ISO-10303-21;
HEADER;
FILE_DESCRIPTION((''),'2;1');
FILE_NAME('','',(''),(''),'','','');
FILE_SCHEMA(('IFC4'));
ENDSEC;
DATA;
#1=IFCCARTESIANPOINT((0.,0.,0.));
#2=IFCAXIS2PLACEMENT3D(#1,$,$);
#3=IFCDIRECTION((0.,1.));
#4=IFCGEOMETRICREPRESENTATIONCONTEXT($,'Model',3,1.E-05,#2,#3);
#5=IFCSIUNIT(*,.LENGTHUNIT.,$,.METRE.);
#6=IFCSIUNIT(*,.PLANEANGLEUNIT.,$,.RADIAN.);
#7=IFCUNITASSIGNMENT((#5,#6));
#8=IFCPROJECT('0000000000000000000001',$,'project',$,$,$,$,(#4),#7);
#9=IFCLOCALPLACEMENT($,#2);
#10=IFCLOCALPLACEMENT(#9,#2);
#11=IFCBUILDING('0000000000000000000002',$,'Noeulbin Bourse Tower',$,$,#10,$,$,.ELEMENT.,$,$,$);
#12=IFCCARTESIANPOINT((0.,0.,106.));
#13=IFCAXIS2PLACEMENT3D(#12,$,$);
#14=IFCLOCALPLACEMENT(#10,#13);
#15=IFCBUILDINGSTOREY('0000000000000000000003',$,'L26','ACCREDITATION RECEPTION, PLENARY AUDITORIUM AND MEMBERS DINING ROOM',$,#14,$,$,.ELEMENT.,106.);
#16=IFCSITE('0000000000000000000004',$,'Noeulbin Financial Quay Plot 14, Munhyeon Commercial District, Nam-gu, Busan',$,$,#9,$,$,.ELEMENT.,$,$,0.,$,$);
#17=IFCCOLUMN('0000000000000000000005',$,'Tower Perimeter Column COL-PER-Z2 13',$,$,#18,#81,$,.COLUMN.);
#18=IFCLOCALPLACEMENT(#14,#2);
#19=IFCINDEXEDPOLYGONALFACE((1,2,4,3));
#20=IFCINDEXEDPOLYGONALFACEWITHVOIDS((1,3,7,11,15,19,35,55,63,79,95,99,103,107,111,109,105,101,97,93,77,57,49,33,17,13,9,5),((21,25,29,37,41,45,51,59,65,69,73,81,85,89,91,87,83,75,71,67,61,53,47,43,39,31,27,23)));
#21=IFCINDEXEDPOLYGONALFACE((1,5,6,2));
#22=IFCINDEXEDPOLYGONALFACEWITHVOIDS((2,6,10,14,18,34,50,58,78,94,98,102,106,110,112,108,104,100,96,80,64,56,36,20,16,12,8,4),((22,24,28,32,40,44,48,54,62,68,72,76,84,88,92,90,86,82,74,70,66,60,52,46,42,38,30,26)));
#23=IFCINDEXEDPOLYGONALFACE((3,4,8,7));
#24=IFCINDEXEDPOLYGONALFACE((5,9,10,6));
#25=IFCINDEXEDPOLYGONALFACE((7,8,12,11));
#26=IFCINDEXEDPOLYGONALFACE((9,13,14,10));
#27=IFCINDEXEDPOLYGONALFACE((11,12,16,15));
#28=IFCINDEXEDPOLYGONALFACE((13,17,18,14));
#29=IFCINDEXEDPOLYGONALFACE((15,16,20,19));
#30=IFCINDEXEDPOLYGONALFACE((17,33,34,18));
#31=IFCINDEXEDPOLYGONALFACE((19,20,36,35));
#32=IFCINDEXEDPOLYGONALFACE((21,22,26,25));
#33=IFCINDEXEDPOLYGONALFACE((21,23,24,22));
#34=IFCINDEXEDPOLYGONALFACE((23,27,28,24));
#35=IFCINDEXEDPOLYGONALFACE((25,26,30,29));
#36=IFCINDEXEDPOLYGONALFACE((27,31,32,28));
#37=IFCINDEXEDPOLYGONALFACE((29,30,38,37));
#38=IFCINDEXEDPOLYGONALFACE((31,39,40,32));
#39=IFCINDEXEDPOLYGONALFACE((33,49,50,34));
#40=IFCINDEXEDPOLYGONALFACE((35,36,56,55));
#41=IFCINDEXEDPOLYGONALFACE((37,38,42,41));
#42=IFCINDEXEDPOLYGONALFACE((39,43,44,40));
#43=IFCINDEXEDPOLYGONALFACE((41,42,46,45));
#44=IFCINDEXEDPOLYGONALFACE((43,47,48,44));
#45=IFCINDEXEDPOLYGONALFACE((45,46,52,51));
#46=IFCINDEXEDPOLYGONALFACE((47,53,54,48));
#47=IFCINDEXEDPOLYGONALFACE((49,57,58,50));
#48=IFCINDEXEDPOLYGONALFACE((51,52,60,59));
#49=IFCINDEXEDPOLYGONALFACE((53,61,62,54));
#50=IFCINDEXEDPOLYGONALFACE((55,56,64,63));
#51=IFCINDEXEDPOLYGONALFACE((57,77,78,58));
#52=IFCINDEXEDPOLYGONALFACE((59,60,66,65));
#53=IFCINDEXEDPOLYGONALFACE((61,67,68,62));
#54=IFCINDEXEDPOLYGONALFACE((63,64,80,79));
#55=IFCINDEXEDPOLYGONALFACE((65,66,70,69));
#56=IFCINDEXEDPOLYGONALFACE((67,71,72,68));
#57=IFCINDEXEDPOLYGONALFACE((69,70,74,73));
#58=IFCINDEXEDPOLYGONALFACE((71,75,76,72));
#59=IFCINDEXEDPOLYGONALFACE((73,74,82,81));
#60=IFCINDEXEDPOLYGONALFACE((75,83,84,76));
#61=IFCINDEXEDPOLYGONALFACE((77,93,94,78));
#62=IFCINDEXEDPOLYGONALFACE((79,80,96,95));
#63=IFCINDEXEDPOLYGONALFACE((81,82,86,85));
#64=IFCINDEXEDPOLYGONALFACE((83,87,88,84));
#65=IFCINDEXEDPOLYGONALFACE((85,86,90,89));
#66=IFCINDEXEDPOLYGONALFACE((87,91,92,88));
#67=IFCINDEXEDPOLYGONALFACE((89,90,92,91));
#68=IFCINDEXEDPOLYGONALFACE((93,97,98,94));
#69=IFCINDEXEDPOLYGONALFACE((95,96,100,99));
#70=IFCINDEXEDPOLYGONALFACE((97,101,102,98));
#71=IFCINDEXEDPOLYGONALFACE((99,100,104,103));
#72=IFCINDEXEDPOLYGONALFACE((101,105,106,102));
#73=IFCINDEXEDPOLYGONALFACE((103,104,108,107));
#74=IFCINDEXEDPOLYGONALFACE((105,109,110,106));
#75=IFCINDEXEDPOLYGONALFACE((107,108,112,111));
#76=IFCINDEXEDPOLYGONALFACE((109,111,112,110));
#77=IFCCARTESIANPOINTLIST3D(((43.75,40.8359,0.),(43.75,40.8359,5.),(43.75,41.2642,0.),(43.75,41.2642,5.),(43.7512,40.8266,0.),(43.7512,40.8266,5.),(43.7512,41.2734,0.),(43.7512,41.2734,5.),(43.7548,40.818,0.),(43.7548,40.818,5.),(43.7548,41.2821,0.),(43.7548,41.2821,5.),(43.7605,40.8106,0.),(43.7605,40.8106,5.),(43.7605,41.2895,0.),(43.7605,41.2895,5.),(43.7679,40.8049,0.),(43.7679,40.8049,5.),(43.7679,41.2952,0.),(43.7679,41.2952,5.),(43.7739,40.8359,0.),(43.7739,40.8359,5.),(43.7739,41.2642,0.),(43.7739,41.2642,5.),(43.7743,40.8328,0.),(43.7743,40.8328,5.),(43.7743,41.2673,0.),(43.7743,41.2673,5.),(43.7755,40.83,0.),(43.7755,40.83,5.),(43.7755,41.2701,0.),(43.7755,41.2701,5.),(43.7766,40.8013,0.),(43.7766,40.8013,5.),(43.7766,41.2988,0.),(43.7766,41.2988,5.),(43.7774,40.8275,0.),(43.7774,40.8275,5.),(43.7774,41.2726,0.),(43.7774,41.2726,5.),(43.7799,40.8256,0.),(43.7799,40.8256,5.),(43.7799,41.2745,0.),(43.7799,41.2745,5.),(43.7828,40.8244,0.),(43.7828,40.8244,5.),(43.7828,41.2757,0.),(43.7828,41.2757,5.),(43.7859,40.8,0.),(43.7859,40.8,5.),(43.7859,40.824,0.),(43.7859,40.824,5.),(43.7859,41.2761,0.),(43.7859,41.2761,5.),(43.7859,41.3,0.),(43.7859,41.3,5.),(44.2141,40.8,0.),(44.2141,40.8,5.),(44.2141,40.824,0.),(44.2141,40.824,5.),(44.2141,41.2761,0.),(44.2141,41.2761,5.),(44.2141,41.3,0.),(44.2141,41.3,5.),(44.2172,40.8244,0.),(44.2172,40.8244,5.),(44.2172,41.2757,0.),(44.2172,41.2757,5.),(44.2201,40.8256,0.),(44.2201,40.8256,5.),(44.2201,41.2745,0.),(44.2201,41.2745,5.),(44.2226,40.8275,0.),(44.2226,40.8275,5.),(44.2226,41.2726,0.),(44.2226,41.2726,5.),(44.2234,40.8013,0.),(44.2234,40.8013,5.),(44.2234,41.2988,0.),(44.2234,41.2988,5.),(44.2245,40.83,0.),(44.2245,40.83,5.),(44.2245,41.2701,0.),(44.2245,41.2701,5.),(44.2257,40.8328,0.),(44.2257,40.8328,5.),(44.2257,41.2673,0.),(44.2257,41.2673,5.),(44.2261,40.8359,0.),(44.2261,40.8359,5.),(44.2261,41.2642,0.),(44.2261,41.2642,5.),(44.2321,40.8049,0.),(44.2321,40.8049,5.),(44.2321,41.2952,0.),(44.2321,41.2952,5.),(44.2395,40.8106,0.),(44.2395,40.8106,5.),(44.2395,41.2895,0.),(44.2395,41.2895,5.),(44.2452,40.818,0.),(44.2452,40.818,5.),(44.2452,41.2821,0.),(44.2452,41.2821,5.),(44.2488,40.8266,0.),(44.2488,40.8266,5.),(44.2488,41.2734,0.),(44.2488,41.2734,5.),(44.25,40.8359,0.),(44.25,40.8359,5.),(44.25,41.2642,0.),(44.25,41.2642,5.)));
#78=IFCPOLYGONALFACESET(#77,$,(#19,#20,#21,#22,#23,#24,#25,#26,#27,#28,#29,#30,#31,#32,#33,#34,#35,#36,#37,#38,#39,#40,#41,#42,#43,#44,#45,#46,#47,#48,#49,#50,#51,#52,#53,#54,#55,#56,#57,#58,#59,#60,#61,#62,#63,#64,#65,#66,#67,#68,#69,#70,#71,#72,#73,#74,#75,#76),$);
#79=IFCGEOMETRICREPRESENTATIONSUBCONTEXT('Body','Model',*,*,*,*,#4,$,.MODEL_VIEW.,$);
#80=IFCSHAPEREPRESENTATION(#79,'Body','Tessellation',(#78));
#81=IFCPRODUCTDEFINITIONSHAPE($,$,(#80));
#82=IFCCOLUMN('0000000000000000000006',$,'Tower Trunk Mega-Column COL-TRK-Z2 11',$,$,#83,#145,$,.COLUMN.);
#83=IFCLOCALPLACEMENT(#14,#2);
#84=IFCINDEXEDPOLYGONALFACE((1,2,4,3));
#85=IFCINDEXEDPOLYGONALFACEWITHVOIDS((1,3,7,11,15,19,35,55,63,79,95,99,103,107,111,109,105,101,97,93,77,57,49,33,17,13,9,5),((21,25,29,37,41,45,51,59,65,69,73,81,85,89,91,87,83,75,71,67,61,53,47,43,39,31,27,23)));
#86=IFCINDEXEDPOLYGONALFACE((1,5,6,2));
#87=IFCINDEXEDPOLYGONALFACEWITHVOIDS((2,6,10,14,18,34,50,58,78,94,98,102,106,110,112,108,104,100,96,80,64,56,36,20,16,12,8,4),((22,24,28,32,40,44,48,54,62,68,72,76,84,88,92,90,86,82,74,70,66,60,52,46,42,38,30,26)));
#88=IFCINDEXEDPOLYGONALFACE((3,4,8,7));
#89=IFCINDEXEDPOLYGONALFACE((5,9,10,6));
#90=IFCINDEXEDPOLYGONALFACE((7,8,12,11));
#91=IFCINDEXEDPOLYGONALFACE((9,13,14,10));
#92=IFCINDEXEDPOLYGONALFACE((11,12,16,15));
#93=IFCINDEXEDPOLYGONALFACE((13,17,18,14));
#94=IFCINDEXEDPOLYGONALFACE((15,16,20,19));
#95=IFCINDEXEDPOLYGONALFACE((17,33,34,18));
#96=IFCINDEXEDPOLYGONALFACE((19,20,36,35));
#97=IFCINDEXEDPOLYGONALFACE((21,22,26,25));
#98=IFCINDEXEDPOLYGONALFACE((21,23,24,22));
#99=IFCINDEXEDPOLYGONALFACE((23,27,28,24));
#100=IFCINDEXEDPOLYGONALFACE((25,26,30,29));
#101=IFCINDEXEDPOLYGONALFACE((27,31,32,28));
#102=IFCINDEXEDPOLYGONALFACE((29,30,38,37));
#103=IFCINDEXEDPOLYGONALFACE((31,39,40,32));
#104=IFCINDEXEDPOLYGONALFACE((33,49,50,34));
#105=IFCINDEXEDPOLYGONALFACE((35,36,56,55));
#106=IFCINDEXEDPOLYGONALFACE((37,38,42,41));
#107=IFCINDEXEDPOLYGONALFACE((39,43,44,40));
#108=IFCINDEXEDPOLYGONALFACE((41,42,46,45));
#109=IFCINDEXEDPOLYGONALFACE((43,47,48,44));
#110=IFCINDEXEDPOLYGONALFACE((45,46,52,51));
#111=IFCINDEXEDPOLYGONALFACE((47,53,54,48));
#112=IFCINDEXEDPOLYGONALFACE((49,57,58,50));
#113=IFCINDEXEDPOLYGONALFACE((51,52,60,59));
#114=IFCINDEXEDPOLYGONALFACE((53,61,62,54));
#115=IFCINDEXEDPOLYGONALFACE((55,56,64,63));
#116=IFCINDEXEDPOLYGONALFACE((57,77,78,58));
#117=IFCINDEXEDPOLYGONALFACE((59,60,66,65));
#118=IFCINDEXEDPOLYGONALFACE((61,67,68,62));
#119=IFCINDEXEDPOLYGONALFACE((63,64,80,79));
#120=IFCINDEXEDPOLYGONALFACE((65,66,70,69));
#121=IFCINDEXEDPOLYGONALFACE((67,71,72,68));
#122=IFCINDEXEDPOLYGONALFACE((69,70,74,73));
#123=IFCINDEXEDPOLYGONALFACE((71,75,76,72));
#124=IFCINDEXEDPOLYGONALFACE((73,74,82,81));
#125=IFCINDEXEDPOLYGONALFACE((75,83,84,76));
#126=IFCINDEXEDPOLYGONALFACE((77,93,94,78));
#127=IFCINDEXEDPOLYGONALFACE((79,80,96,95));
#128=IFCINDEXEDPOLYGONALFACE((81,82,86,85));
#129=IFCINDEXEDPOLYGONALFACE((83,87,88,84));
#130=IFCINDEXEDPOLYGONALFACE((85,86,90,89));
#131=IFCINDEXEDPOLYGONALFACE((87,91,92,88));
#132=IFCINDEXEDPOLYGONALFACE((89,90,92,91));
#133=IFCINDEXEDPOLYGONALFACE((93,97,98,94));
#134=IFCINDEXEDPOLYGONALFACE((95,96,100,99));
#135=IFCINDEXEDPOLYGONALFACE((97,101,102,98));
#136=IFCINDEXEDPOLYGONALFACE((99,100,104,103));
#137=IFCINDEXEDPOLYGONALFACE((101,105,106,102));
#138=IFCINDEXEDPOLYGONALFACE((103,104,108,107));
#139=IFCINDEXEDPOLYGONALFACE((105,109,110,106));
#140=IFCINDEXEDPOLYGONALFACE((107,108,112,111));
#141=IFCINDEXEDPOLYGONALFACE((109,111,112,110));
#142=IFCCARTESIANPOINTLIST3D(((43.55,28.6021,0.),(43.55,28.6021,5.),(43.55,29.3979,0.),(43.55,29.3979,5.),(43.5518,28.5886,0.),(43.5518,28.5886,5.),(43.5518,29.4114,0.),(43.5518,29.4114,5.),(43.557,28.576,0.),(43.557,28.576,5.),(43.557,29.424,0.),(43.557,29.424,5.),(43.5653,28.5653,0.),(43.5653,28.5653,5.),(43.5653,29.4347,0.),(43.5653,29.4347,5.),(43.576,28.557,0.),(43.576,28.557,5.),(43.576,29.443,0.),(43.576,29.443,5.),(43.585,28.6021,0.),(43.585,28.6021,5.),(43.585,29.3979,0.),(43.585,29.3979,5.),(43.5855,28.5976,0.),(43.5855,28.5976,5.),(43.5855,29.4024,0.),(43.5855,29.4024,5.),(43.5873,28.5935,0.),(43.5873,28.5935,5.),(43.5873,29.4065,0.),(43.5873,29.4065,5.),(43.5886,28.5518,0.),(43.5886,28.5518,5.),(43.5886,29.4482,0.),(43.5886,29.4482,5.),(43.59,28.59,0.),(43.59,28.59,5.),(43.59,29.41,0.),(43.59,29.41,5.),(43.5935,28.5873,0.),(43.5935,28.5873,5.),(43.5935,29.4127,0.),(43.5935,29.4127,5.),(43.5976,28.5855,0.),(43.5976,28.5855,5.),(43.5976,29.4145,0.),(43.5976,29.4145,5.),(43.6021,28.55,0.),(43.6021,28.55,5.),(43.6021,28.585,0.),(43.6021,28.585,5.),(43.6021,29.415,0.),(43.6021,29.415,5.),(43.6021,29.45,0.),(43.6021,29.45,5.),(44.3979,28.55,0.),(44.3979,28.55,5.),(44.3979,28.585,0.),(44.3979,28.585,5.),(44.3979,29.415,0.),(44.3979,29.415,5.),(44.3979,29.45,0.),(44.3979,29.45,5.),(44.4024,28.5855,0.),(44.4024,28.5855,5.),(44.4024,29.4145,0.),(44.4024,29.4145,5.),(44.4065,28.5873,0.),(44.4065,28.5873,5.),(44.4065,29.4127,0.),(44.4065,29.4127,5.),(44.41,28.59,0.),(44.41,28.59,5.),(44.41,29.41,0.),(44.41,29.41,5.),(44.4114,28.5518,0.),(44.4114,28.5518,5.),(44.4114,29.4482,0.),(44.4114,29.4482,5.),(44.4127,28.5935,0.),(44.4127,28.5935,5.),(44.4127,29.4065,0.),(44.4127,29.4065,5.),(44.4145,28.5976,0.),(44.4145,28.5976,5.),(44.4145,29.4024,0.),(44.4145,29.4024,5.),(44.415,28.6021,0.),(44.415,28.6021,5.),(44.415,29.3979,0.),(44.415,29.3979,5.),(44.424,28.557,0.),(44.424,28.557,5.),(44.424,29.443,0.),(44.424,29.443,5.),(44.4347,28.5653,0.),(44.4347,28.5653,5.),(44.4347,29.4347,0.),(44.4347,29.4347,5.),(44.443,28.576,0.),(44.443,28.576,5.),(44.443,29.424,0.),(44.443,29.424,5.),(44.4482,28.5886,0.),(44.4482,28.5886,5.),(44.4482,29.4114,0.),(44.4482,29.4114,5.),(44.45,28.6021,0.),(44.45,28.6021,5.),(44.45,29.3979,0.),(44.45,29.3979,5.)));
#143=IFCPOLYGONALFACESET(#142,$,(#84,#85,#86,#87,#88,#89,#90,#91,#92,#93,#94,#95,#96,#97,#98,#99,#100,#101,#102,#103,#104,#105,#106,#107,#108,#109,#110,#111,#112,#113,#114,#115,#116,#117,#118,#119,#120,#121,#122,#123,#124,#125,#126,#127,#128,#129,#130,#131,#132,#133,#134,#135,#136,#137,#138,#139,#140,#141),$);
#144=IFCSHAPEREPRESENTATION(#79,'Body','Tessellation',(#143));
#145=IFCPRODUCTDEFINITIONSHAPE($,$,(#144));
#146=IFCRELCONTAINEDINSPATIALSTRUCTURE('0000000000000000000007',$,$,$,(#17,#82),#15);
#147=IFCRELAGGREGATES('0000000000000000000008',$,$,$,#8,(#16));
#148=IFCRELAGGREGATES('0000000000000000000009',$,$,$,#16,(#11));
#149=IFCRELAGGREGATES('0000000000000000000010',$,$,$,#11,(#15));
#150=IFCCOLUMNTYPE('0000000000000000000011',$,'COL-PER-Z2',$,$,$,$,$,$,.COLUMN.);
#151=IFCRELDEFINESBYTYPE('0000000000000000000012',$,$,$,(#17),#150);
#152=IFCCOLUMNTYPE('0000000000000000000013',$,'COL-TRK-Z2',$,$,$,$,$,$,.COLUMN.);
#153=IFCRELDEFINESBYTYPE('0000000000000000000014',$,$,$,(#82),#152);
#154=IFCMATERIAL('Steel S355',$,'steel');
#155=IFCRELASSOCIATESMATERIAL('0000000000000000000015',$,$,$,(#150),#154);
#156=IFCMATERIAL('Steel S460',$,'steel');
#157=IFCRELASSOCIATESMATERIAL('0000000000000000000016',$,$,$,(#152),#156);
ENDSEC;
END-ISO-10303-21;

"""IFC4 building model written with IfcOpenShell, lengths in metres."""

from ifc_helpers import new_model, si_unit, direction, frame, origin, origin_2d, place, context, subcontext, project, spatial, hollow_rectangle, extrude, material, material_profile, profile_set, type_object, element, save


model = new_model("IFC4")

# Units and contexts
model_context = context("Model", 3, precision=1e-05, world=origin(), true_north=direction((0.0, 1.0)))
body_context = subcontext(model_context, "Body", "Model", "MODEL_VIEW")
ifc_project = project(units=[si_unit("LENGTHUNIT", "METRE"), si_unit("PLANEANGLEUNIT", "RADIAN")], contexts=[model_context])

# Site, building, storey
site_placement = place(None, origin())
site = spatial("IfcSite", under=ifc_project, at=site_placement, Name="Noeulbin Financial Quay Plot 14, Munhyeon Commercial District, Nam-gu, Busan", CompositionType="ELEMENT", RefElevation=0.0)
building_placement = place(site_placement, origin())
building = spatial("IfcBuilding", under=site, at=building_placement, Name="Noeulbin Bourse Tower", CompositionType="ELEMENT")
storey_placement = place(building_placement, frame((0.0, 0.0, 106.0)))
storey = spatial("IfcBuildingStorey", under=building, at=storey_placement, Name="L26", Description="ACCREDITATION RECEPTION, PLENARY AUDITORIUM AND MEMBERS DINING ROOM", CompositionType="ELEMENT", Elevation=106.0)

# Columns
ifc_material_1 = material(Name="Steel S355", Category="steel")
ifc_material_profile_1 = material_profile(ifc_material_1, hollow_rectangle(XDim=0.5, YDim=0.5, WallThickness=0.0239, InnerFilletRadius=0.012, OuterFilletRadius=0.0359, at=origin_2d()), Name="BOX-500x500x24", Category="LoadBearing")
ifc_profile_set_1 = profile_set([ifc_material_profile_1], Name="Steel S355")
column_type_1 = type_object("IfcColumnType", Name="COL-PER-Z2", PredefinedType="COLUMN", material=ifc_profile_set_1)
column_placement = place(storey_placement, frame((44.0, 41.05, 0.0), z_axis=(0.0, 0.0, 1.0), x_axis=(1.0, 0.0, 0.0)))
element("IfcColumn", 1, at=column_placement, inside=storey, type_object=column_type_1, Name="Tower Perimeter Column COL-PER-Z2 13", PredefinedType="COLUMN", context=body_context, shape_type="SweptSolid", body=[
    extrude(hollow_rectangle(XDim=0.5, YDim=0.5, WallThickness=0.0239, InnerFilletRadius=0.012, OuterFilletRadius=0.0359, at=origin_2d()), origin(), (0.0, 0.0, 1.0), 5.0),
])
ifc_material_2 = material(Name="Steel S460", Category="steel")
ifc_material_profile_2 = material_profile(ifc_material_2, hollow_rectangle(XDim=0.8999, YDim=0.8999, WallThickness=0.0349, InnerFilletRadius=0.0171, OuterFilletRadius=0.052, at=origin_2d()), Name="BOX-900x900x35", Category="LoadBearing")
ifc_profile_set_2 = profile_set([ifc_material_profile_2], Name="Steel S460")
column_type_2 = type_object("IfcColumnType", Name="COL-TRK-Z2", PredefinedType="COLUMN", material=ifc_profile_set_2)
for number, where, z_axis, x_axis, name in (
    (2, (44.0, 29.0, 0.0), (0.0, 0.0, 1.0), (1.0, 0.0, 0.0), "Tower Trunk Mega-Column COL-TRK-Z2 11"),
):
    element("IfcColumn", number, at=place(storey_placement, frame(where, z_axis=z_axis, x_axis=x_axis)), inside=storey, type_object=column_type_2, Name=name, PredefinedType="COLUMN", context=body_context, shape_type="SweptSolid", body=[
        extrude(hollow_rectangle(XDim=0.8999, YDim=0.8999, WallThickness=0.0349, InnerFilletRadius=0.0171, OuterFilletRadius=0.052, at=origin_2d()), origin(), (0.0, 0.0, 1.0), 5.0),
    ])

save(model, "model.ifc")
